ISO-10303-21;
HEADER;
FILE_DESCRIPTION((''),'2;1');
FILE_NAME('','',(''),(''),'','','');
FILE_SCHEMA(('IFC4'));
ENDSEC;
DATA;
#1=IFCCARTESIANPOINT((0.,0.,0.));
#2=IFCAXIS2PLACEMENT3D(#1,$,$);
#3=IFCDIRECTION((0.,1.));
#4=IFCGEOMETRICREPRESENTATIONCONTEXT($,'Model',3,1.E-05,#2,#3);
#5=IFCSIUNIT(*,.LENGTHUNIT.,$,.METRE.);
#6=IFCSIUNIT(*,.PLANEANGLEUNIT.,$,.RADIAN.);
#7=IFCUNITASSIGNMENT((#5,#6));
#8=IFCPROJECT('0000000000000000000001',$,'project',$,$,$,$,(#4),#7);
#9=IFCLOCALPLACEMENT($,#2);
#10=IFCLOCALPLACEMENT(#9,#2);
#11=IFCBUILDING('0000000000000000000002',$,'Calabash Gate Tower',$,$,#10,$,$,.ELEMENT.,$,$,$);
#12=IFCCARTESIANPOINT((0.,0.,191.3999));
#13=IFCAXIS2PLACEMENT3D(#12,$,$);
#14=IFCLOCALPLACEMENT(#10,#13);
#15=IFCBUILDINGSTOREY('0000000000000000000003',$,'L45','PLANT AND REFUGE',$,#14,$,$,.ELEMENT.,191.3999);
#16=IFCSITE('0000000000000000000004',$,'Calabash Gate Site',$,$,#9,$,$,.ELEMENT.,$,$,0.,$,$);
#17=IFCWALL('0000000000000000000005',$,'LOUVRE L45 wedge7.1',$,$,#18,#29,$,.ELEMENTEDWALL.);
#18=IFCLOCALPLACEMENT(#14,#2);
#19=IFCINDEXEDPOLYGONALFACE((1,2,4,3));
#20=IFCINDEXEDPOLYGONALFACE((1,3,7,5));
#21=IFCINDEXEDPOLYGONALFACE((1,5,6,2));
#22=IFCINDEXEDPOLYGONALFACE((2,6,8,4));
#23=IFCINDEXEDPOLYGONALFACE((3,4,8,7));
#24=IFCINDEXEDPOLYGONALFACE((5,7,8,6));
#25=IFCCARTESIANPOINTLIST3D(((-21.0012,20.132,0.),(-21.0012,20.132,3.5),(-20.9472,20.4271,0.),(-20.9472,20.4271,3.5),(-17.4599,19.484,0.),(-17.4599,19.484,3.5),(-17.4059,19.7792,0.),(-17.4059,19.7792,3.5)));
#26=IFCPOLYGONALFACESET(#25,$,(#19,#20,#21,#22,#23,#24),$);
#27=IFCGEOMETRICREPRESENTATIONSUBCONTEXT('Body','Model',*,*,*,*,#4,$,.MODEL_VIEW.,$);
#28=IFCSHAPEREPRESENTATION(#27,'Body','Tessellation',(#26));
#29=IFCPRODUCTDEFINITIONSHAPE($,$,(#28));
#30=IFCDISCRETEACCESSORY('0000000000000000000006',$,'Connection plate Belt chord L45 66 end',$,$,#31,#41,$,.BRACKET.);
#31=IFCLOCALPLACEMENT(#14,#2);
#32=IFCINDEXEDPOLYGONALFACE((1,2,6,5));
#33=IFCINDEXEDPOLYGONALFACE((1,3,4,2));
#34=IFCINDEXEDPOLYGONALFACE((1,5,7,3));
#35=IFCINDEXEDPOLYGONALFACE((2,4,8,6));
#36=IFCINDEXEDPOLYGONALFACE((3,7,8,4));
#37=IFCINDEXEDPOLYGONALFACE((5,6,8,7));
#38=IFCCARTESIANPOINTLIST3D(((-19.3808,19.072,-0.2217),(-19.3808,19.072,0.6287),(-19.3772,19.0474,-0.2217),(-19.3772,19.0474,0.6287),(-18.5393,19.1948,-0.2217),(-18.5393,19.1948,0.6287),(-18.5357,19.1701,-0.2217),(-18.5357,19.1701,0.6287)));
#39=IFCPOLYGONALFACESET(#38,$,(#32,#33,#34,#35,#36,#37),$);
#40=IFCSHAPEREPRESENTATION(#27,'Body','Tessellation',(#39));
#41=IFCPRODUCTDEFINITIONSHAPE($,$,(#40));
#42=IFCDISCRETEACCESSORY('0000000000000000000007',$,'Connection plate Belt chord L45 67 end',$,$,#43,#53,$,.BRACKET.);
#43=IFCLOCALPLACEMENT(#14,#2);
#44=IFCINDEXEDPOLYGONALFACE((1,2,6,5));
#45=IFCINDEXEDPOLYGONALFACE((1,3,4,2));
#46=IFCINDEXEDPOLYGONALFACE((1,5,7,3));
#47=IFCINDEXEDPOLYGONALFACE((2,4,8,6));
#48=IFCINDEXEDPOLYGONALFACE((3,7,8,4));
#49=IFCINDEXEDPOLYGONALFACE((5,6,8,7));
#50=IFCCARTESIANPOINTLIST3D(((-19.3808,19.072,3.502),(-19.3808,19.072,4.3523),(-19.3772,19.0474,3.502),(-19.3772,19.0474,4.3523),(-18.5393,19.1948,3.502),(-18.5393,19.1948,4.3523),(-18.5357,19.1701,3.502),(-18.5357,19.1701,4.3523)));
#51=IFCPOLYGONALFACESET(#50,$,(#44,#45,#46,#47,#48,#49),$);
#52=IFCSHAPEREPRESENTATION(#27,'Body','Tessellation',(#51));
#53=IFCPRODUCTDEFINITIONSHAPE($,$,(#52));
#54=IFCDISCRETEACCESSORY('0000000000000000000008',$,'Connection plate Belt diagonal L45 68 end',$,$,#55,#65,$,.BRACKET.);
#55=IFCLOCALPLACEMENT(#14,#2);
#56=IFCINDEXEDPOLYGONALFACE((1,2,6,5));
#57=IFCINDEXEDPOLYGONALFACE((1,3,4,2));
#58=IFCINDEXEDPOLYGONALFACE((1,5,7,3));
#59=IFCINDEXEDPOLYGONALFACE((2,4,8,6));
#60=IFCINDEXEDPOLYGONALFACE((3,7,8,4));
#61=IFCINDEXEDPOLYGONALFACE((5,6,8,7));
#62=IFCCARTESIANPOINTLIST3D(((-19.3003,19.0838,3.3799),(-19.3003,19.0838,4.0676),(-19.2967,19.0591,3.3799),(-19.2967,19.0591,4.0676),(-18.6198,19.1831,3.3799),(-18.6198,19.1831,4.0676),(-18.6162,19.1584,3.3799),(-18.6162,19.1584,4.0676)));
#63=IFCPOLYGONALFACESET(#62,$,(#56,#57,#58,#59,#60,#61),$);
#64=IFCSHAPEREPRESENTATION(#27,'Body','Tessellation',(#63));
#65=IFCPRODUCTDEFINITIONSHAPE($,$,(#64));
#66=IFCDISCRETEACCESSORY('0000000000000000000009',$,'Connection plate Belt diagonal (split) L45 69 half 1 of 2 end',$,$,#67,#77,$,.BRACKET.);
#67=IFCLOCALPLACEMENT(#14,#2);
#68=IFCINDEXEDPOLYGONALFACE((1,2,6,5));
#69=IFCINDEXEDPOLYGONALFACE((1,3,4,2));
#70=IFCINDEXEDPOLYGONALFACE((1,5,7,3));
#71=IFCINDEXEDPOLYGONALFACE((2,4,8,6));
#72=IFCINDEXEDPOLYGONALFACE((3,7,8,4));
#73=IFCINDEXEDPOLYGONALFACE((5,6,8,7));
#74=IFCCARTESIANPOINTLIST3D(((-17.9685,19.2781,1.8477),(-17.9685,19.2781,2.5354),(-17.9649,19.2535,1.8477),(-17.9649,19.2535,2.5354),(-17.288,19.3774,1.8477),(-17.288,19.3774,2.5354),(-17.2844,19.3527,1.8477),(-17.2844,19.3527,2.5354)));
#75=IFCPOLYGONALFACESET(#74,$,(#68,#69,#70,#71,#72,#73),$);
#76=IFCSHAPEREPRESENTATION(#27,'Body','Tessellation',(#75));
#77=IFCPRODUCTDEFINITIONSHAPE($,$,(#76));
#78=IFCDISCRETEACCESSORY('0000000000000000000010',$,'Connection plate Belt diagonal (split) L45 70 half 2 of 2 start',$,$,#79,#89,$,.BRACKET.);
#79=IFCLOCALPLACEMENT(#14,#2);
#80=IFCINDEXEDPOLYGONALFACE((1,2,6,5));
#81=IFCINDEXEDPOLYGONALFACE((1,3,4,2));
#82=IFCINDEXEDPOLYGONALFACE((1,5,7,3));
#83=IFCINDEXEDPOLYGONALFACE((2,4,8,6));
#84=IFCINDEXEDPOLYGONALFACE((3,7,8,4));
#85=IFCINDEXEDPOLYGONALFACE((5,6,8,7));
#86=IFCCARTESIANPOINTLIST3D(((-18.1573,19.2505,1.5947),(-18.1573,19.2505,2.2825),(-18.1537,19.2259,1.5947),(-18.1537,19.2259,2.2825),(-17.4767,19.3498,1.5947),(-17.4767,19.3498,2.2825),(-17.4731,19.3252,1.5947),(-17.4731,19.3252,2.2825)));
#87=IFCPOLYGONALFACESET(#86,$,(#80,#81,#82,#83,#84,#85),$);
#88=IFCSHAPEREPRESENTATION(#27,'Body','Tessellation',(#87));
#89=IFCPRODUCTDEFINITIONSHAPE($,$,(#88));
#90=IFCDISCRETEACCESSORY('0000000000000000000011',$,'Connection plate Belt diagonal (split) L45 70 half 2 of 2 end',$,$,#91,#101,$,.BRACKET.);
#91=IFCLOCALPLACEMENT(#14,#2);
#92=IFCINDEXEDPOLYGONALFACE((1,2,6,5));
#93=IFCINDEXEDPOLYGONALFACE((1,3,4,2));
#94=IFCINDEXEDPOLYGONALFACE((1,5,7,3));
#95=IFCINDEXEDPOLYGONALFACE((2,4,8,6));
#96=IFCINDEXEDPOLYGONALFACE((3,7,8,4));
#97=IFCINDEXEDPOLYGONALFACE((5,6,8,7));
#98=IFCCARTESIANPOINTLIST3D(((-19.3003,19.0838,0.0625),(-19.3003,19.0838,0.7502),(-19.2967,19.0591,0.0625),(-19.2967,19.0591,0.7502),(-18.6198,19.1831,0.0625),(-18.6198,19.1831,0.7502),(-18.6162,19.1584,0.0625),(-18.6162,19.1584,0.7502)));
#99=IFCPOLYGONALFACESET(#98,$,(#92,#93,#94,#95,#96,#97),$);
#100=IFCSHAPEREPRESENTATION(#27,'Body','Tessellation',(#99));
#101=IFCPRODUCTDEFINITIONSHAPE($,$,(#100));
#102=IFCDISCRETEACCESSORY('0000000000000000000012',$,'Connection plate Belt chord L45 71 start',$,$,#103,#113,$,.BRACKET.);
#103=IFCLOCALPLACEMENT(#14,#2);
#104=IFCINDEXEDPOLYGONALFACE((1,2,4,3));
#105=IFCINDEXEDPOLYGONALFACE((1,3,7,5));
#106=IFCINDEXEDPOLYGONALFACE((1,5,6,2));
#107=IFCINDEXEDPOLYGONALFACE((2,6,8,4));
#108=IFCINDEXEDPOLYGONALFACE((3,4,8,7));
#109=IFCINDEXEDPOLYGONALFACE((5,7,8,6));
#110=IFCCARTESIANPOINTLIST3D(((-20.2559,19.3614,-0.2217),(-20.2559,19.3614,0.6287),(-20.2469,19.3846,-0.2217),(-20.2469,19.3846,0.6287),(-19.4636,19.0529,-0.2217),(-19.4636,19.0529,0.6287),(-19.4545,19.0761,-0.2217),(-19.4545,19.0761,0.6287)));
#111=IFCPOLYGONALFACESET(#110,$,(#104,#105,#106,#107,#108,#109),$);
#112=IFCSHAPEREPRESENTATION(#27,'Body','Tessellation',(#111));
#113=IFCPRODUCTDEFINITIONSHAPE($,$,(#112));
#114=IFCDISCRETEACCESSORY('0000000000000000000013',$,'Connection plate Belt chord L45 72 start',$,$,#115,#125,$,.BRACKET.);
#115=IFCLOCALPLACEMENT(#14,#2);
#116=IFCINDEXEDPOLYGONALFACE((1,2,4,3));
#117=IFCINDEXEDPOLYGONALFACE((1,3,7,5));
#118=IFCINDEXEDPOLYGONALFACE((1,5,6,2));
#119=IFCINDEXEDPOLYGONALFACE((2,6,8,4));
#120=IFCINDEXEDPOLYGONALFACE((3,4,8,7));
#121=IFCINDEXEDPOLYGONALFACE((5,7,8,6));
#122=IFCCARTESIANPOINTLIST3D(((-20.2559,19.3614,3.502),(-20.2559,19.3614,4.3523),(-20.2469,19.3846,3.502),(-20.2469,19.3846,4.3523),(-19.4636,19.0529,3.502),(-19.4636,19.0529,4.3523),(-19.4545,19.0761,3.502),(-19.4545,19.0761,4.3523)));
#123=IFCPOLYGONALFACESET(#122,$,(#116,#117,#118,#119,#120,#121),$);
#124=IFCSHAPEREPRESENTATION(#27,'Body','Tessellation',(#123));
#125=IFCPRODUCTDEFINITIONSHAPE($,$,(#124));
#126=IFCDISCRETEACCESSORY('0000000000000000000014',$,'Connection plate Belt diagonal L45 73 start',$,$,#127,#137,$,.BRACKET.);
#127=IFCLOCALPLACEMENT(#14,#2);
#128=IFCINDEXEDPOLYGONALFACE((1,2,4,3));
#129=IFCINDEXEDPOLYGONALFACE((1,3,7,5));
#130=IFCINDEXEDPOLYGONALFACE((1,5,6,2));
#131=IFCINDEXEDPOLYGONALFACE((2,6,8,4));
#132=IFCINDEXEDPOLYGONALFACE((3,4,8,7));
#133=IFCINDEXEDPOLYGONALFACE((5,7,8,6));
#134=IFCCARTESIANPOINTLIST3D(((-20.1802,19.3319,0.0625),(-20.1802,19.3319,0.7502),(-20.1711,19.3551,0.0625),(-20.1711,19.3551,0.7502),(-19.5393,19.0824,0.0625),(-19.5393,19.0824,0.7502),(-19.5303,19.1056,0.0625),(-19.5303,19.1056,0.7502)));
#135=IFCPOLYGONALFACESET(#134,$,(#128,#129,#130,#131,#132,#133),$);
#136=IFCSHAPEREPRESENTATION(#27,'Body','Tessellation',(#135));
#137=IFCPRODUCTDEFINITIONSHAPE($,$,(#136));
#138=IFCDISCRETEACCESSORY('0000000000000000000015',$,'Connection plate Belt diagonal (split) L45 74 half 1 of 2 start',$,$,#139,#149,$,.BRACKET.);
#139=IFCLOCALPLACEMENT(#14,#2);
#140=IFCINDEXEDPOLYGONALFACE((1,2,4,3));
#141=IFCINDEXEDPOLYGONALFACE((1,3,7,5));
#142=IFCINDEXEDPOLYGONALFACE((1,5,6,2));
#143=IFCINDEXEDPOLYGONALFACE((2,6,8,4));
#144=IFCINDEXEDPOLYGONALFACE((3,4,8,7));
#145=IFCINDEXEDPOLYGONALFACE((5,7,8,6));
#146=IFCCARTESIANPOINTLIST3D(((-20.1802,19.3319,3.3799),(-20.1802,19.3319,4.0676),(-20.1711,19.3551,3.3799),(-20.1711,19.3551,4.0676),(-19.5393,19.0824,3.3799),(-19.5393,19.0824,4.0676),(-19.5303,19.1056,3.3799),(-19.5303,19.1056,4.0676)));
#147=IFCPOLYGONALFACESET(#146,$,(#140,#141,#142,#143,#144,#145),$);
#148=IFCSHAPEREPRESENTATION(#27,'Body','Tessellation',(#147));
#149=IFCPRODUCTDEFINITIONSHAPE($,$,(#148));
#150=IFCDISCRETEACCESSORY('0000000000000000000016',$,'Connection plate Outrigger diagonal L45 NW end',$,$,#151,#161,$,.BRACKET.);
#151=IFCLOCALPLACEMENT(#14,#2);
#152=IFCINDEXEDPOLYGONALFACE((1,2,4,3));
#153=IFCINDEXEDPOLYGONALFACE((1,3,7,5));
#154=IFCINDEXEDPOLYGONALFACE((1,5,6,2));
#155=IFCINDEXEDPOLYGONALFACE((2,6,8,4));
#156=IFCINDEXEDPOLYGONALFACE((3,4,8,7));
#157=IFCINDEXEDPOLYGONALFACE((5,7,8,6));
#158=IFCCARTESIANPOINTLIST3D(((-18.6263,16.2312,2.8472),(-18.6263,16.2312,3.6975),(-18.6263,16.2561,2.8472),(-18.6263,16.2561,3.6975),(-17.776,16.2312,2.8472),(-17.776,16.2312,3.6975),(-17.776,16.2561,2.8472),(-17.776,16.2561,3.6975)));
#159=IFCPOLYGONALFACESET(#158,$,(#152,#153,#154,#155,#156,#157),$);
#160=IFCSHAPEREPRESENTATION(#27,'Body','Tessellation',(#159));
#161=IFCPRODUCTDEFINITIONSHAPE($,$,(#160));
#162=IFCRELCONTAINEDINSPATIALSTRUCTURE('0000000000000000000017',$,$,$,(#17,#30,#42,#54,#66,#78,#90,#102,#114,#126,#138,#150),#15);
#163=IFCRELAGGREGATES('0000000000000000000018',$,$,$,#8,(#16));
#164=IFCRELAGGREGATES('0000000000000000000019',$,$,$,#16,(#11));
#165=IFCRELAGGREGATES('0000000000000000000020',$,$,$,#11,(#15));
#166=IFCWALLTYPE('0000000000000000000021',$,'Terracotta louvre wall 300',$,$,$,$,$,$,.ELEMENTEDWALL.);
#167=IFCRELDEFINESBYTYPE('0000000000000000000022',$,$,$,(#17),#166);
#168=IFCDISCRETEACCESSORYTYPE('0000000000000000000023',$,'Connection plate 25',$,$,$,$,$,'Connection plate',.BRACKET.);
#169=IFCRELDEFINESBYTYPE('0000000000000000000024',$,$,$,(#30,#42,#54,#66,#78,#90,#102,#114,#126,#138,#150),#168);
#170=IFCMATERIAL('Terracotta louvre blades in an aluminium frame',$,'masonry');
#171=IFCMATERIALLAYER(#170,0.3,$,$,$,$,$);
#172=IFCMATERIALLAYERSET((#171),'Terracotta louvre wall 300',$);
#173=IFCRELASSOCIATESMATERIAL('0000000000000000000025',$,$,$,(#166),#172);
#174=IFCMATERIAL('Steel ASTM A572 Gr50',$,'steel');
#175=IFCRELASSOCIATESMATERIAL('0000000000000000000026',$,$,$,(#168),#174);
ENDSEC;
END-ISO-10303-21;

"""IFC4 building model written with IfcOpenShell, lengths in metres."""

from ifc_helpers import new_model, si_unit, direction, frame, frame_2d, origin, origin_2d, place, context, subcontext, project, spatial, rectangle, extrude, material, layer, layer_set, type_object, element, save


model = new_model("IFC4")

# Units and contexts
model_context = context("Model", 3, precision=1e-05, world=origin(), true_north=direction((0.0, 1.0)))
body_context = subcontext(model_context, "Body", "Model", "MODEL_VIEW")
ifc_project = project(units=[si_unit("LENGTHUNIT", "METRE"), si_unit("PLANEANGLEUNIT", "RADIAN")], contexts=[model_context])

# Site, building, storey
site_placement = place(None, origin())
site = spatial("IfcSite", under=ifc_project, at=site_placement, Name="Calabash Gate Site", CompositionType="ELEMENT", RefElevation=0.0)
building_placement = place(site_placement, origin())
building = spatial("IfcBuilding", under=site, at=building_placement, Name="Calabash Gate Tower", CompositionType="ELEMENT")
storey_placement = place(building_placement, frame((0.0, 0.0, 191.3999)))
storey = spatial("IfcBuildingStorey", under=building, at=storey_placement, Name="L45", Description="PLANT AND REFUGE", CompositionType="ELEMENT", Elevation=191.3999)

# Wall
ifc_material_1 = material(Name="Terracotta louvre blades in an aluminium frame", Category="masonry")
ifc_layer_1 = layer(ifc_material_1, 0.3)
ifc_layer_set_1 = layer_set([ifc_layer_1], Name="Terracotta louvre wall 300")
wall_type_1 = type_object("IfcWallType", Name="Terracotta louvre wall 300", PredefinedType="ELEMENTEDWALL", material=ifc_layer_set_1)
wall_1_placement = place(storey_placement, frame((-17.4329, 19.6316, 0.0), z_axis=(0.0, 0.0, 1.0), x_axis=(-0.98367, 0.179983, 0.0)))
element("IfcWall", 1, at=wall_1_placement, inside=storey, type_object=wall_type_1, Name="LOUVRE L45 wedge7.1", PredefinedType="ELEMENTEDWALL", context=body_context, shape_type="SweptSolid", body=[
    extrude(rectangle(XDim=3.6001, YDim=0.3, at=frame_2d((1.8, 0.0))), origin(), (0.0, 0.0, 1.0), 3.5),
])

# Discrete accessories
ifc_material_2 = material(Name="Steel ASTM A572 Gr50", Category="steel")
discrete_accessory_type = type_object("IfcDiscreteAccessoryType", Name="Connection plate 25", ElementType="Connection plate", PredefinedType="BRACKET", material=ifc_material_2)
for number, where, z_axis, x_axis, name in (
    (2, (-18.9583, 19.1211, -0.2217), (0.0, 0.0, 1.0), (-0.989526, -0.144353, 0.0), "Connection plate Belt chord L45 66 end"),
    (3, (-18.9583, 19.1211, 3.502), (0.0, 0.0, 1.0), (-0.989526, -0.144353, 0.0), "Connection plate Belt chord L45 67 end"),
):
    element("IfcDiscreteAccessory", number, at=place(storey_placement, frame(where, z_axis=z_axis, x_axis=x_axis)), inside=storey, type_object=discrete_accessory_type, Name=name, PredefinedType="BRACKET", context=body_context, shape_type="SweptSolid", body=[
        extrude(rectangle(XDim=0.8503, YDim=0.0249, at=origin_2d()), origin(), (0.0, 0.0, 1.0), 0.8503),
    ])
for number, where, z_axis, x_axis, name in (
    (4, (-18.9583, 19.1211, 3.3799), (0.0, 0.0, 1.0), (-0.989526, -0.144353, 0.0), "Connection plate Belt diagonal L45 68 end"),
    (5, (-17.6265, 19.3154, 1.8477), (0.0, 0.0, 1.0), (-0.989526, -0.144353, 0.0), "Connection plate Belt diagonal (split) L45 69 half 1 of 2 end"),
    (6, (-17.8152, 19.2878, 1.5947), (0.0, 0.0, 1.0), (-0.989526, -0.144353, 0.0), "Connection plate Belt diagonal (split) L45 70 half 2 of 2 start"),
    (7, (-18.9583, 19.1211, 0.0625), (0.0, 0.0, 1.0), (-0.989526, -0.144353, 0.0), "Connection plate Belt diagonal (split) L45 70 half 2 of 2 end"),
):
    element("IfcDiscreteAccessory", number, at=place(storey_placement, frame(where, z_axis=z_axis, x_axis=x_axis)), inside=storey, type_object=discrete_accessory_type, Name=name, PredefinedType="BRACKET", context=body_context, shape_type="SweptSolid", body=[
        extrude(rectangle(XDim=0.6877, YDim=0.0249, at=origin_2d()), origin(), (0.0, 0.0, 1.0), 0.6877),
    ])
for number, where, z_axis, x_axis, name in (
    (8, (-19.8552, 19.2188, -0.2217), (0.0, 0.0, 1.0), (-0.931827, 0.362904, 0.0), "Connection plate Belt chord L45 71 start"),
    (9, (-19.8552, 19.2188, 3.502), (0.0, 0.0, 1.0), (-0.931827, 0.362904, 0.0), "Connection plate Belt chord L45 72 start"),
):
    element("IfcDiscreteAccessory", number, at=place(storey_placement, frame(where, z_axis=z_axis, x_axis=x_axis)), inside=storey, type_object=discrete_accessory_type, Name=name, PredefinedType="BRACKET", context=body_context, shape_type="SweptSolid", body=[
        extrude(rectangle(XDim=0.8503, YDim=0.0249, at=origin_2d()), origin(), (0.0, 0.0, 1.0), 0.8503),
    ])
for number, where, z_axis, x_axis, name in (
    (10, (-19.8552, 19.2188, 0.0625), (0.0, 0.0, 1.0), (-0.931827, 0.362904, 0.0), "Connection plate Belt diagonal L45 73 start"),
    (11, (-19.8552, 19.2188, 3.3799), (0.0, 0.0, 1.0), (-0.931827, 0.362903, 0.0), "Connection plate Belt diagonal (split) L45 74 half 1 of 2 start"),
):
    element("IfcDiscreteAccessory", number, at=place(storey_placement, frame(where, z_axis=z_axis, x_axis=x_axis)), inside=storey, type_object=discrete_accessory_type, Name=name, PredefinedType="BRACKET", context=body_context, shape_type="SweptSolid", body=[
        extrude(rectangle(XDim=0.6877, YDim=0.0249, at=origin_2d()), origin(), (0.0, 0.0, 1.0), 0.6877),
    ])
discrete_accessory_placement = place(storey_placement, frame((-18.2012, 16.2437, 2.8472), z_axis=(0.0, 0.0, 1.0), x_axis=(1.0, 0.0, 0.0)))
element("IfcDiscreteAccessory", 12, at=discrete_accessory_placement, inside=storey, type_object=discrete_accessory_type, Name="Connection plate Outrigger diagonal L45 NW end", PredefinedType="BRACKET", context=body_context, shape_type="SweptSolid", body=[
    extrude(rectangle(XDim=0.8503, YDim=0.0249, at=origin_2d()), origin(), (0.0, 0.0, 1.0), 0.8503),
])

save(model, "model.ifc")
